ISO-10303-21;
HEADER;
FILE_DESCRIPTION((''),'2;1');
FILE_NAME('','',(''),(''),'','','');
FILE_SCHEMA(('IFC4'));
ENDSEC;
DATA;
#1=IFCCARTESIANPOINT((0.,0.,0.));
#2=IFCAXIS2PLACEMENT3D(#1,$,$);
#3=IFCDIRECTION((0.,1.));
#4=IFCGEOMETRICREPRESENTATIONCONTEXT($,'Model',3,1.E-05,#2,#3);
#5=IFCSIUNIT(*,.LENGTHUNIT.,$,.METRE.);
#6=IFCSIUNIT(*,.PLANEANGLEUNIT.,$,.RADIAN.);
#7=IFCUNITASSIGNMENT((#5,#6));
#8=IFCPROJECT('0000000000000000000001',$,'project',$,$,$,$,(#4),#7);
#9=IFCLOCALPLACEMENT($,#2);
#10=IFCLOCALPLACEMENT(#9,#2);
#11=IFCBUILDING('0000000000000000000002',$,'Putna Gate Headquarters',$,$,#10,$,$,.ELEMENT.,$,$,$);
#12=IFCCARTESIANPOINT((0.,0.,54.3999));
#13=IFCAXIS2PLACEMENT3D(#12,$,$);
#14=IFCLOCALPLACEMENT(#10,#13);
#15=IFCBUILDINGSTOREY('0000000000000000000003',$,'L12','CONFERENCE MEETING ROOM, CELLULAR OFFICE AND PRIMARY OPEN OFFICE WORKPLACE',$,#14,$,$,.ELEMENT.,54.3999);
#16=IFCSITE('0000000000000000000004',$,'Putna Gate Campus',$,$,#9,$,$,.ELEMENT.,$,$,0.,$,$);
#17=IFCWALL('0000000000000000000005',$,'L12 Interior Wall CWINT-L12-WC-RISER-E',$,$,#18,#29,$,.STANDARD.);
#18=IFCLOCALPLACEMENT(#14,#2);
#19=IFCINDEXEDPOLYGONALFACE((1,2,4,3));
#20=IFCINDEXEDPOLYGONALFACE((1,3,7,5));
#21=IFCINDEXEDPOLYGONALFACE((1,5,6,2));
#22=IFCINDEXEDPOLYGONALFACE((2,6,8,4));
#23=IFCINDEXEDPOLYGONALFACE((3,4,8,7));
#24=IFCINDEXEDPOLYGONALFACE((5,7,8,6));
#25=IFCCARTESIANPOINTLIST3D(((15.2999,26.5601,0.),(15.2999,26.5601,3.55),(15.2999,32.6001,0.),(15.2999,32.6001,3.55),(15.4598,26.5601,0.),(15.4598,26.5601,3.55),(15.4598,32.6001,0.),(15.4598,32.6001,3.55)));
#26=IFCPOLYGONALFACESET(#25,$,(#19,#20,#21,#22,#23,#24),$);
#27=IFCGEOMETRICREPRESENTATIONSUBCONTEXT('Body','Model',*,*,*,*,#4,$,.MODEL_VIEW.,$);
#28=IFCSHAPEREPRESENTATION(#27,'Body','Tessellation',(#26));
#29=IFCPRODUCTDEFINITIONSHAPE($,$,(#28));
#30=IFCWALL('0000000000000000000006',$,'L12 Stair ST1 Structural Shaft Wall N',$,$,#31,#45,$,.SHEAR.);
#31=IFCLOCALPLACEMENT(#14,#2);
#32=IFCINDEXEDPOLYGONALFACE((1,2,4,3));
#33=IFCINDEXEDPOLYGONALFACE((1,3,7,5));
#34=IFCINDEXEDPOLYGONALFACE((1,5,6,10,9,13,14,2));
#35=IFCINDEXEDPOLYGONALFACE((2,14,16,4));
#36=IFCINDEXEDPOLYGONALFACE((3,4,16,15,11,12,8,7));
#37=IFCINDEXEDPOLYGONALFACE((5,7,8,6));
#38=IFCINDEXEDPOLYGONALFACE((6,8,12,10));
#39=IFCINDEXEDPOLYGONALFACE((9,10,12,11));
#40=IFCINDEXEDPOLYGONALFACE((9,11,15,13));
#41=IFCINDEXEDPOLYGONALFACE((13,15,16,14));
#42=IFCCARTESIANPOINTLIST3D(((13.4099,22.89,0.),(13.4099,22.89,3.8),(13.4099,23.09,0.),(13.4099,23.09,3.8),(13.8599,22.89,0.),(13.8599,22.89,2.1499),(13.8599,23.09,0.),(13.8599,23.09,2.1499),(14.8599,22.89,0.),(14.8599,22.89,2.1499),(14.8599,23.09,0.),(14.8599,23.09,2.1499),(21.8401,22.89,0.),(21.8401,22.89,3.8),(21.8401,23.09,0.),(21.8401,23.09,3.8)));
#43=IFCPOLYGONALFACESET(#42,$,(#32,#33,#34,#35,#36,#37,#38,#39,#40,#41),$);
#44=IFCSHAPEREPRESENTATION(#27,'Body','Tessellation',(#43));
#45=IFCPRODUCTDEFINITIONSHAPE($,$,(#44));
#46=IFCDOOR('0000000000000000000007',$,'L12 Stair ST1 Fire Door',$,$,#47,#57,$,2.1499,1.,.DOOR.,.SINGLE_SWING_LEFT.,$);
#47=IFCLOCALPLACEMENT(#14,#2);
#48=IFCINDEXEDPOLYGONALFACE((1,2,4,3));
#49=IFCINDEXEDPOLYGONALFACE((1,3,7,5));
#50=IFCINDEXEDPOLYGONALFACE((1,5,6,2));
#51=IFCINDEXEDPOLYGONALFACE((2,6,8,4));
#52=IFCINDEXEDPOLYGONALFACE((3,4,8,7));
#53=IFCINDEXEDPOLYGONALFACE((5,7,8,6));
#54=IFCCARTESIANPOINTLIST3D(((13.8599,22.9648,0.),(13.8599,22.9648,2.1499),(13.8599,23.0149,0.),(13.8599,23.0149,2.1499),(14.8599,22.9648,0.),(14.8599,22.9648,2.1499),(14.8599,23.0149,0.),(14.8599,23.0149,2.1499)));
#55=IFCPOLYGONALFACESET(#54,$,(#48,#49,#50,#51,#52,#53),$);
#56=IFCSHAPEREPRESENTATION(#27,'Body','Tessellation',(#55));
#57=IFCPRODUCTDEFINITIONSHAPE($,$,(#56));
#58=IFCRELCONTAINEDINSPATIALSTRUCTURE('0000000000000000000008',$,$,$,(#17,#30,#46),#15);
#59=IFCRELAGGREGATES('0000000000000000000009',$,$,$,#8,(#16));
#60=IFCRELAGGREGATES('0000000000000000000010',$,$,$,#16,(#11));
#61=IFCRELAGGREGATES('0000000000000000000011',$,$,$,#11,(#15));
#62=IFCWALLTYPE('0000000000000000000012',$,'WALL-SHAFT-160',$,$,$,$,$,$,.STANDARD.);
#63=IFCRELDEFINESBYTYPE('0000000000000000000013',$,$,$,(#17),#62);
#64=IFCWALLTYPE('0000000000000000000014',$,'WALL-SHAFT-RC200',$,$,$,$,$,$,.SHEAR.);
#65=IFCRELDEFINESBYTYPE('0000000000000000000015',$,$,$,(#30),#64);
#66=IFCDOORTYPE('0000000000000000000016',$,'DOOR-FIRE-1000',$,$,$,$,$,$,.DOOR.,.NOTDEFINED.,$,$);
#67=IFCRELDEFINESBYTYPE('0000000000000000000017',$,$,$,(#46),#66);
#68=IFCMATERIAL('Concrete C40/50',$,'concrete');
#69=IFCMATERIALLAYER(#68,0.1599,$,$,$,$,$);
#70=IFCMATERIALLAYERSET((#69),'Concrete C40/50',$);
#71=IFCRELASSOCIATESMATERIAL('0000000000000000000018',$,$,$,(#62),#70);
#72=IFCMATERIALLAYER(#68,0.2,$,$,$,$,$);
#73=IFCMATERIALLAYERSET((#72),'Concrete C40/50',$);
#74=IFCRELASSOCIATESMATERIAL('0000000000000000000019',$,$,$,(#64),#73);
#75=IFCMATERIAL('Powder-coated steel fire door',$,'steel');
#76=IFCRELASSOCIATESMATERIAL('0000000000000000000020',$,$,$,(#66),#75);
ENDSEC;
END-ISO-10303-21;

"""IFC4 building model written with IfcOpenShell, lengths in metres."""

from ifc_helpers import new_model, si_unit, direction, frame, frame_2d, origin, place, context, subcontext, project, spatial, rectangle, extrude, material, layer, layer_set, type_object, element, fill, save


model = new_model("IFC4")

# Units and contexts
model_context = context("Model", 3, precision=1e-05, world=origin(), true_north=direction((0.0, 1.0)))
body_context = subcontext(model_context, "Body", "Model", "MODEL_VIEW")
ifc_project = project(units=[si_unit("LENGTHUNIT", "METRE"), si_unit("PLANEANGLEUNIT", "RADIAN")], contexts=[model_context])

# Site, building, storey
site_placement = place(None, origin())
site = spatial("IfcSite", under=ifc_project, at=site_placement, Name="Putna Gate Campus", CompositionType="ELEMENT", RefElevation=0.0)
building_placement = place(site_placement, origin())
building = spatial("IfcBuilding", under=site, at=building_placement, Name="Putna Gate Headquarters", CompositionType="ELEMENT")
storey_placement = place(building_placement, frame((0.0, 0.0, 54.3999)))
storey = spatial("IfcBuildingStorey", under=building, at=storey_placement, Name="L12", Description="CONFERENCE MEETING ROOM, CELLULAR OFFICE AND PRIMARY OPEN OFFICE WORKPLACE", CompositionType="ELEMENT", Elevation=54.3999)

# Wall
ifc_material_1 = material(Name="Concrete C40/50", Category="concrete")
ifc_layer_1 = layer(ifc_material_1, 0.1599)
ifc_layer_set_1 = layer_set([ifc_layer_1], Name="Concrete C40/50")
wall_type_1 = type_object("IfcWallType", Name="WALL-SHAFT-160", PredefinedType="STANDARD", material=ifc_layer_set_1)
wall_1_placement = place(storey_placement, frame((15.3799, 26.5601, 0.0), z_axis=(0.0, 0.0, 1.0), x_axis=(0.0, 1.0, 0.0)))
element("IfcWall", 1, at=wall_1_placement, inside=storey, type_object=wall_type_1, Name="L12 Interior Wall CWINT-L12-WC-RISER-E", PredefinedType="STANDARD", context=body_context, shape_type="SweptSolid", body=[
    extrude(rectangle(XDim=6.04, YDim=0.1599, at=frame_2d((3.02, 0.0))), origin(), (0.0, 0.0, 1.0), 3.55),
])

# Wall, opening, door
ifc_layer_2 = layer(ifc_material_1, 0.2)
ifc_layer_set_2 = layer_set([ifc_layer_2], Name="Concrete C40/50")
wall_type_2 = type_object("IfcWallType", Name="WALL-SHAFT-RC200", PredefinedType="SHEAR", material=ifc_layer_set_2)
wall_2_placement = place(storey_placement, frame((13.4099, 22.99, 0.0), z_axis=(0.0, 0.0, 1.0), x_axis=(1.0, 0.0, 0.0)))
wall_2 = element("IfcWall", 2, at=wall_2_placement, inside=storey, type_object=wall_type_2, Name="L12 Stair ST1 Structural Shaft Wall N", PredefinedType="SHEAR", context=body_context, shape_type="SweptSolid", body=[
    extrude(rectangle(XDim=8.4302, YDim=0.2, at=frame_2d((4.2151, 0.0))), origin(), (0.0, 0.0, 1.0), 3.8),
])
opening_1_placement = place(wall_2_placement, frame((0.45, 0.0, 0.0)))
opening_1 = element("IfcOpeningElement", 3, at=opening_1_placement, cuts=wall_2, PredefinedType="OPENING", context=body_context, shape_type="SweptSolid", body=[
    extrude(rectangle(XDim=1.0, YDim=2.1499, at=frame_2d((0.5, 1.075))), frame((0.0, 0.1099, 0.0), z_axis=(0.0, -1.0, 0.0), x_axis=(1.0, 0.0, 0.0)), (0.0, 0.0, 1.0), 0.22),
])
ifc_material_2 = material(Name="Powder-coated steel fire door", Category="steel")
door_type_1 = type_object("IfcDoorType", Name="DOOR-FIRE-1000", OperationType="NOTDEFINED", PredefinedType="DOOR", material=ifc_material_2)
door_1_placement = place(opening_1_placement, origin())
door_1 = element("IfcDoor", 4, at=door_1_placement, inside=storey, type_object=door_type_1, Name="L12 Stair ST1 Fire Door", OperationType="SINGLE_SWING_LEFT", OverallHeight=2.1499, OverallWidth=1.0, PredefinedType="DOOR", context=body_context, shape_type="SweptSolid", body=[
    extrude(rectangle(XDim=1.0, YDim=2.1499, at=frame_2d((0.5, 1.075))), frame((0.0, 0.0249, 0.0), z_axis=(0.0, -1.0, 0.0), x_axis=(1.0, 0.0, 0.0)), (0.0, 0.0, 1.0), 0.05),
])
fill(opening_1, door_1)

save(model, "model.ifc")
